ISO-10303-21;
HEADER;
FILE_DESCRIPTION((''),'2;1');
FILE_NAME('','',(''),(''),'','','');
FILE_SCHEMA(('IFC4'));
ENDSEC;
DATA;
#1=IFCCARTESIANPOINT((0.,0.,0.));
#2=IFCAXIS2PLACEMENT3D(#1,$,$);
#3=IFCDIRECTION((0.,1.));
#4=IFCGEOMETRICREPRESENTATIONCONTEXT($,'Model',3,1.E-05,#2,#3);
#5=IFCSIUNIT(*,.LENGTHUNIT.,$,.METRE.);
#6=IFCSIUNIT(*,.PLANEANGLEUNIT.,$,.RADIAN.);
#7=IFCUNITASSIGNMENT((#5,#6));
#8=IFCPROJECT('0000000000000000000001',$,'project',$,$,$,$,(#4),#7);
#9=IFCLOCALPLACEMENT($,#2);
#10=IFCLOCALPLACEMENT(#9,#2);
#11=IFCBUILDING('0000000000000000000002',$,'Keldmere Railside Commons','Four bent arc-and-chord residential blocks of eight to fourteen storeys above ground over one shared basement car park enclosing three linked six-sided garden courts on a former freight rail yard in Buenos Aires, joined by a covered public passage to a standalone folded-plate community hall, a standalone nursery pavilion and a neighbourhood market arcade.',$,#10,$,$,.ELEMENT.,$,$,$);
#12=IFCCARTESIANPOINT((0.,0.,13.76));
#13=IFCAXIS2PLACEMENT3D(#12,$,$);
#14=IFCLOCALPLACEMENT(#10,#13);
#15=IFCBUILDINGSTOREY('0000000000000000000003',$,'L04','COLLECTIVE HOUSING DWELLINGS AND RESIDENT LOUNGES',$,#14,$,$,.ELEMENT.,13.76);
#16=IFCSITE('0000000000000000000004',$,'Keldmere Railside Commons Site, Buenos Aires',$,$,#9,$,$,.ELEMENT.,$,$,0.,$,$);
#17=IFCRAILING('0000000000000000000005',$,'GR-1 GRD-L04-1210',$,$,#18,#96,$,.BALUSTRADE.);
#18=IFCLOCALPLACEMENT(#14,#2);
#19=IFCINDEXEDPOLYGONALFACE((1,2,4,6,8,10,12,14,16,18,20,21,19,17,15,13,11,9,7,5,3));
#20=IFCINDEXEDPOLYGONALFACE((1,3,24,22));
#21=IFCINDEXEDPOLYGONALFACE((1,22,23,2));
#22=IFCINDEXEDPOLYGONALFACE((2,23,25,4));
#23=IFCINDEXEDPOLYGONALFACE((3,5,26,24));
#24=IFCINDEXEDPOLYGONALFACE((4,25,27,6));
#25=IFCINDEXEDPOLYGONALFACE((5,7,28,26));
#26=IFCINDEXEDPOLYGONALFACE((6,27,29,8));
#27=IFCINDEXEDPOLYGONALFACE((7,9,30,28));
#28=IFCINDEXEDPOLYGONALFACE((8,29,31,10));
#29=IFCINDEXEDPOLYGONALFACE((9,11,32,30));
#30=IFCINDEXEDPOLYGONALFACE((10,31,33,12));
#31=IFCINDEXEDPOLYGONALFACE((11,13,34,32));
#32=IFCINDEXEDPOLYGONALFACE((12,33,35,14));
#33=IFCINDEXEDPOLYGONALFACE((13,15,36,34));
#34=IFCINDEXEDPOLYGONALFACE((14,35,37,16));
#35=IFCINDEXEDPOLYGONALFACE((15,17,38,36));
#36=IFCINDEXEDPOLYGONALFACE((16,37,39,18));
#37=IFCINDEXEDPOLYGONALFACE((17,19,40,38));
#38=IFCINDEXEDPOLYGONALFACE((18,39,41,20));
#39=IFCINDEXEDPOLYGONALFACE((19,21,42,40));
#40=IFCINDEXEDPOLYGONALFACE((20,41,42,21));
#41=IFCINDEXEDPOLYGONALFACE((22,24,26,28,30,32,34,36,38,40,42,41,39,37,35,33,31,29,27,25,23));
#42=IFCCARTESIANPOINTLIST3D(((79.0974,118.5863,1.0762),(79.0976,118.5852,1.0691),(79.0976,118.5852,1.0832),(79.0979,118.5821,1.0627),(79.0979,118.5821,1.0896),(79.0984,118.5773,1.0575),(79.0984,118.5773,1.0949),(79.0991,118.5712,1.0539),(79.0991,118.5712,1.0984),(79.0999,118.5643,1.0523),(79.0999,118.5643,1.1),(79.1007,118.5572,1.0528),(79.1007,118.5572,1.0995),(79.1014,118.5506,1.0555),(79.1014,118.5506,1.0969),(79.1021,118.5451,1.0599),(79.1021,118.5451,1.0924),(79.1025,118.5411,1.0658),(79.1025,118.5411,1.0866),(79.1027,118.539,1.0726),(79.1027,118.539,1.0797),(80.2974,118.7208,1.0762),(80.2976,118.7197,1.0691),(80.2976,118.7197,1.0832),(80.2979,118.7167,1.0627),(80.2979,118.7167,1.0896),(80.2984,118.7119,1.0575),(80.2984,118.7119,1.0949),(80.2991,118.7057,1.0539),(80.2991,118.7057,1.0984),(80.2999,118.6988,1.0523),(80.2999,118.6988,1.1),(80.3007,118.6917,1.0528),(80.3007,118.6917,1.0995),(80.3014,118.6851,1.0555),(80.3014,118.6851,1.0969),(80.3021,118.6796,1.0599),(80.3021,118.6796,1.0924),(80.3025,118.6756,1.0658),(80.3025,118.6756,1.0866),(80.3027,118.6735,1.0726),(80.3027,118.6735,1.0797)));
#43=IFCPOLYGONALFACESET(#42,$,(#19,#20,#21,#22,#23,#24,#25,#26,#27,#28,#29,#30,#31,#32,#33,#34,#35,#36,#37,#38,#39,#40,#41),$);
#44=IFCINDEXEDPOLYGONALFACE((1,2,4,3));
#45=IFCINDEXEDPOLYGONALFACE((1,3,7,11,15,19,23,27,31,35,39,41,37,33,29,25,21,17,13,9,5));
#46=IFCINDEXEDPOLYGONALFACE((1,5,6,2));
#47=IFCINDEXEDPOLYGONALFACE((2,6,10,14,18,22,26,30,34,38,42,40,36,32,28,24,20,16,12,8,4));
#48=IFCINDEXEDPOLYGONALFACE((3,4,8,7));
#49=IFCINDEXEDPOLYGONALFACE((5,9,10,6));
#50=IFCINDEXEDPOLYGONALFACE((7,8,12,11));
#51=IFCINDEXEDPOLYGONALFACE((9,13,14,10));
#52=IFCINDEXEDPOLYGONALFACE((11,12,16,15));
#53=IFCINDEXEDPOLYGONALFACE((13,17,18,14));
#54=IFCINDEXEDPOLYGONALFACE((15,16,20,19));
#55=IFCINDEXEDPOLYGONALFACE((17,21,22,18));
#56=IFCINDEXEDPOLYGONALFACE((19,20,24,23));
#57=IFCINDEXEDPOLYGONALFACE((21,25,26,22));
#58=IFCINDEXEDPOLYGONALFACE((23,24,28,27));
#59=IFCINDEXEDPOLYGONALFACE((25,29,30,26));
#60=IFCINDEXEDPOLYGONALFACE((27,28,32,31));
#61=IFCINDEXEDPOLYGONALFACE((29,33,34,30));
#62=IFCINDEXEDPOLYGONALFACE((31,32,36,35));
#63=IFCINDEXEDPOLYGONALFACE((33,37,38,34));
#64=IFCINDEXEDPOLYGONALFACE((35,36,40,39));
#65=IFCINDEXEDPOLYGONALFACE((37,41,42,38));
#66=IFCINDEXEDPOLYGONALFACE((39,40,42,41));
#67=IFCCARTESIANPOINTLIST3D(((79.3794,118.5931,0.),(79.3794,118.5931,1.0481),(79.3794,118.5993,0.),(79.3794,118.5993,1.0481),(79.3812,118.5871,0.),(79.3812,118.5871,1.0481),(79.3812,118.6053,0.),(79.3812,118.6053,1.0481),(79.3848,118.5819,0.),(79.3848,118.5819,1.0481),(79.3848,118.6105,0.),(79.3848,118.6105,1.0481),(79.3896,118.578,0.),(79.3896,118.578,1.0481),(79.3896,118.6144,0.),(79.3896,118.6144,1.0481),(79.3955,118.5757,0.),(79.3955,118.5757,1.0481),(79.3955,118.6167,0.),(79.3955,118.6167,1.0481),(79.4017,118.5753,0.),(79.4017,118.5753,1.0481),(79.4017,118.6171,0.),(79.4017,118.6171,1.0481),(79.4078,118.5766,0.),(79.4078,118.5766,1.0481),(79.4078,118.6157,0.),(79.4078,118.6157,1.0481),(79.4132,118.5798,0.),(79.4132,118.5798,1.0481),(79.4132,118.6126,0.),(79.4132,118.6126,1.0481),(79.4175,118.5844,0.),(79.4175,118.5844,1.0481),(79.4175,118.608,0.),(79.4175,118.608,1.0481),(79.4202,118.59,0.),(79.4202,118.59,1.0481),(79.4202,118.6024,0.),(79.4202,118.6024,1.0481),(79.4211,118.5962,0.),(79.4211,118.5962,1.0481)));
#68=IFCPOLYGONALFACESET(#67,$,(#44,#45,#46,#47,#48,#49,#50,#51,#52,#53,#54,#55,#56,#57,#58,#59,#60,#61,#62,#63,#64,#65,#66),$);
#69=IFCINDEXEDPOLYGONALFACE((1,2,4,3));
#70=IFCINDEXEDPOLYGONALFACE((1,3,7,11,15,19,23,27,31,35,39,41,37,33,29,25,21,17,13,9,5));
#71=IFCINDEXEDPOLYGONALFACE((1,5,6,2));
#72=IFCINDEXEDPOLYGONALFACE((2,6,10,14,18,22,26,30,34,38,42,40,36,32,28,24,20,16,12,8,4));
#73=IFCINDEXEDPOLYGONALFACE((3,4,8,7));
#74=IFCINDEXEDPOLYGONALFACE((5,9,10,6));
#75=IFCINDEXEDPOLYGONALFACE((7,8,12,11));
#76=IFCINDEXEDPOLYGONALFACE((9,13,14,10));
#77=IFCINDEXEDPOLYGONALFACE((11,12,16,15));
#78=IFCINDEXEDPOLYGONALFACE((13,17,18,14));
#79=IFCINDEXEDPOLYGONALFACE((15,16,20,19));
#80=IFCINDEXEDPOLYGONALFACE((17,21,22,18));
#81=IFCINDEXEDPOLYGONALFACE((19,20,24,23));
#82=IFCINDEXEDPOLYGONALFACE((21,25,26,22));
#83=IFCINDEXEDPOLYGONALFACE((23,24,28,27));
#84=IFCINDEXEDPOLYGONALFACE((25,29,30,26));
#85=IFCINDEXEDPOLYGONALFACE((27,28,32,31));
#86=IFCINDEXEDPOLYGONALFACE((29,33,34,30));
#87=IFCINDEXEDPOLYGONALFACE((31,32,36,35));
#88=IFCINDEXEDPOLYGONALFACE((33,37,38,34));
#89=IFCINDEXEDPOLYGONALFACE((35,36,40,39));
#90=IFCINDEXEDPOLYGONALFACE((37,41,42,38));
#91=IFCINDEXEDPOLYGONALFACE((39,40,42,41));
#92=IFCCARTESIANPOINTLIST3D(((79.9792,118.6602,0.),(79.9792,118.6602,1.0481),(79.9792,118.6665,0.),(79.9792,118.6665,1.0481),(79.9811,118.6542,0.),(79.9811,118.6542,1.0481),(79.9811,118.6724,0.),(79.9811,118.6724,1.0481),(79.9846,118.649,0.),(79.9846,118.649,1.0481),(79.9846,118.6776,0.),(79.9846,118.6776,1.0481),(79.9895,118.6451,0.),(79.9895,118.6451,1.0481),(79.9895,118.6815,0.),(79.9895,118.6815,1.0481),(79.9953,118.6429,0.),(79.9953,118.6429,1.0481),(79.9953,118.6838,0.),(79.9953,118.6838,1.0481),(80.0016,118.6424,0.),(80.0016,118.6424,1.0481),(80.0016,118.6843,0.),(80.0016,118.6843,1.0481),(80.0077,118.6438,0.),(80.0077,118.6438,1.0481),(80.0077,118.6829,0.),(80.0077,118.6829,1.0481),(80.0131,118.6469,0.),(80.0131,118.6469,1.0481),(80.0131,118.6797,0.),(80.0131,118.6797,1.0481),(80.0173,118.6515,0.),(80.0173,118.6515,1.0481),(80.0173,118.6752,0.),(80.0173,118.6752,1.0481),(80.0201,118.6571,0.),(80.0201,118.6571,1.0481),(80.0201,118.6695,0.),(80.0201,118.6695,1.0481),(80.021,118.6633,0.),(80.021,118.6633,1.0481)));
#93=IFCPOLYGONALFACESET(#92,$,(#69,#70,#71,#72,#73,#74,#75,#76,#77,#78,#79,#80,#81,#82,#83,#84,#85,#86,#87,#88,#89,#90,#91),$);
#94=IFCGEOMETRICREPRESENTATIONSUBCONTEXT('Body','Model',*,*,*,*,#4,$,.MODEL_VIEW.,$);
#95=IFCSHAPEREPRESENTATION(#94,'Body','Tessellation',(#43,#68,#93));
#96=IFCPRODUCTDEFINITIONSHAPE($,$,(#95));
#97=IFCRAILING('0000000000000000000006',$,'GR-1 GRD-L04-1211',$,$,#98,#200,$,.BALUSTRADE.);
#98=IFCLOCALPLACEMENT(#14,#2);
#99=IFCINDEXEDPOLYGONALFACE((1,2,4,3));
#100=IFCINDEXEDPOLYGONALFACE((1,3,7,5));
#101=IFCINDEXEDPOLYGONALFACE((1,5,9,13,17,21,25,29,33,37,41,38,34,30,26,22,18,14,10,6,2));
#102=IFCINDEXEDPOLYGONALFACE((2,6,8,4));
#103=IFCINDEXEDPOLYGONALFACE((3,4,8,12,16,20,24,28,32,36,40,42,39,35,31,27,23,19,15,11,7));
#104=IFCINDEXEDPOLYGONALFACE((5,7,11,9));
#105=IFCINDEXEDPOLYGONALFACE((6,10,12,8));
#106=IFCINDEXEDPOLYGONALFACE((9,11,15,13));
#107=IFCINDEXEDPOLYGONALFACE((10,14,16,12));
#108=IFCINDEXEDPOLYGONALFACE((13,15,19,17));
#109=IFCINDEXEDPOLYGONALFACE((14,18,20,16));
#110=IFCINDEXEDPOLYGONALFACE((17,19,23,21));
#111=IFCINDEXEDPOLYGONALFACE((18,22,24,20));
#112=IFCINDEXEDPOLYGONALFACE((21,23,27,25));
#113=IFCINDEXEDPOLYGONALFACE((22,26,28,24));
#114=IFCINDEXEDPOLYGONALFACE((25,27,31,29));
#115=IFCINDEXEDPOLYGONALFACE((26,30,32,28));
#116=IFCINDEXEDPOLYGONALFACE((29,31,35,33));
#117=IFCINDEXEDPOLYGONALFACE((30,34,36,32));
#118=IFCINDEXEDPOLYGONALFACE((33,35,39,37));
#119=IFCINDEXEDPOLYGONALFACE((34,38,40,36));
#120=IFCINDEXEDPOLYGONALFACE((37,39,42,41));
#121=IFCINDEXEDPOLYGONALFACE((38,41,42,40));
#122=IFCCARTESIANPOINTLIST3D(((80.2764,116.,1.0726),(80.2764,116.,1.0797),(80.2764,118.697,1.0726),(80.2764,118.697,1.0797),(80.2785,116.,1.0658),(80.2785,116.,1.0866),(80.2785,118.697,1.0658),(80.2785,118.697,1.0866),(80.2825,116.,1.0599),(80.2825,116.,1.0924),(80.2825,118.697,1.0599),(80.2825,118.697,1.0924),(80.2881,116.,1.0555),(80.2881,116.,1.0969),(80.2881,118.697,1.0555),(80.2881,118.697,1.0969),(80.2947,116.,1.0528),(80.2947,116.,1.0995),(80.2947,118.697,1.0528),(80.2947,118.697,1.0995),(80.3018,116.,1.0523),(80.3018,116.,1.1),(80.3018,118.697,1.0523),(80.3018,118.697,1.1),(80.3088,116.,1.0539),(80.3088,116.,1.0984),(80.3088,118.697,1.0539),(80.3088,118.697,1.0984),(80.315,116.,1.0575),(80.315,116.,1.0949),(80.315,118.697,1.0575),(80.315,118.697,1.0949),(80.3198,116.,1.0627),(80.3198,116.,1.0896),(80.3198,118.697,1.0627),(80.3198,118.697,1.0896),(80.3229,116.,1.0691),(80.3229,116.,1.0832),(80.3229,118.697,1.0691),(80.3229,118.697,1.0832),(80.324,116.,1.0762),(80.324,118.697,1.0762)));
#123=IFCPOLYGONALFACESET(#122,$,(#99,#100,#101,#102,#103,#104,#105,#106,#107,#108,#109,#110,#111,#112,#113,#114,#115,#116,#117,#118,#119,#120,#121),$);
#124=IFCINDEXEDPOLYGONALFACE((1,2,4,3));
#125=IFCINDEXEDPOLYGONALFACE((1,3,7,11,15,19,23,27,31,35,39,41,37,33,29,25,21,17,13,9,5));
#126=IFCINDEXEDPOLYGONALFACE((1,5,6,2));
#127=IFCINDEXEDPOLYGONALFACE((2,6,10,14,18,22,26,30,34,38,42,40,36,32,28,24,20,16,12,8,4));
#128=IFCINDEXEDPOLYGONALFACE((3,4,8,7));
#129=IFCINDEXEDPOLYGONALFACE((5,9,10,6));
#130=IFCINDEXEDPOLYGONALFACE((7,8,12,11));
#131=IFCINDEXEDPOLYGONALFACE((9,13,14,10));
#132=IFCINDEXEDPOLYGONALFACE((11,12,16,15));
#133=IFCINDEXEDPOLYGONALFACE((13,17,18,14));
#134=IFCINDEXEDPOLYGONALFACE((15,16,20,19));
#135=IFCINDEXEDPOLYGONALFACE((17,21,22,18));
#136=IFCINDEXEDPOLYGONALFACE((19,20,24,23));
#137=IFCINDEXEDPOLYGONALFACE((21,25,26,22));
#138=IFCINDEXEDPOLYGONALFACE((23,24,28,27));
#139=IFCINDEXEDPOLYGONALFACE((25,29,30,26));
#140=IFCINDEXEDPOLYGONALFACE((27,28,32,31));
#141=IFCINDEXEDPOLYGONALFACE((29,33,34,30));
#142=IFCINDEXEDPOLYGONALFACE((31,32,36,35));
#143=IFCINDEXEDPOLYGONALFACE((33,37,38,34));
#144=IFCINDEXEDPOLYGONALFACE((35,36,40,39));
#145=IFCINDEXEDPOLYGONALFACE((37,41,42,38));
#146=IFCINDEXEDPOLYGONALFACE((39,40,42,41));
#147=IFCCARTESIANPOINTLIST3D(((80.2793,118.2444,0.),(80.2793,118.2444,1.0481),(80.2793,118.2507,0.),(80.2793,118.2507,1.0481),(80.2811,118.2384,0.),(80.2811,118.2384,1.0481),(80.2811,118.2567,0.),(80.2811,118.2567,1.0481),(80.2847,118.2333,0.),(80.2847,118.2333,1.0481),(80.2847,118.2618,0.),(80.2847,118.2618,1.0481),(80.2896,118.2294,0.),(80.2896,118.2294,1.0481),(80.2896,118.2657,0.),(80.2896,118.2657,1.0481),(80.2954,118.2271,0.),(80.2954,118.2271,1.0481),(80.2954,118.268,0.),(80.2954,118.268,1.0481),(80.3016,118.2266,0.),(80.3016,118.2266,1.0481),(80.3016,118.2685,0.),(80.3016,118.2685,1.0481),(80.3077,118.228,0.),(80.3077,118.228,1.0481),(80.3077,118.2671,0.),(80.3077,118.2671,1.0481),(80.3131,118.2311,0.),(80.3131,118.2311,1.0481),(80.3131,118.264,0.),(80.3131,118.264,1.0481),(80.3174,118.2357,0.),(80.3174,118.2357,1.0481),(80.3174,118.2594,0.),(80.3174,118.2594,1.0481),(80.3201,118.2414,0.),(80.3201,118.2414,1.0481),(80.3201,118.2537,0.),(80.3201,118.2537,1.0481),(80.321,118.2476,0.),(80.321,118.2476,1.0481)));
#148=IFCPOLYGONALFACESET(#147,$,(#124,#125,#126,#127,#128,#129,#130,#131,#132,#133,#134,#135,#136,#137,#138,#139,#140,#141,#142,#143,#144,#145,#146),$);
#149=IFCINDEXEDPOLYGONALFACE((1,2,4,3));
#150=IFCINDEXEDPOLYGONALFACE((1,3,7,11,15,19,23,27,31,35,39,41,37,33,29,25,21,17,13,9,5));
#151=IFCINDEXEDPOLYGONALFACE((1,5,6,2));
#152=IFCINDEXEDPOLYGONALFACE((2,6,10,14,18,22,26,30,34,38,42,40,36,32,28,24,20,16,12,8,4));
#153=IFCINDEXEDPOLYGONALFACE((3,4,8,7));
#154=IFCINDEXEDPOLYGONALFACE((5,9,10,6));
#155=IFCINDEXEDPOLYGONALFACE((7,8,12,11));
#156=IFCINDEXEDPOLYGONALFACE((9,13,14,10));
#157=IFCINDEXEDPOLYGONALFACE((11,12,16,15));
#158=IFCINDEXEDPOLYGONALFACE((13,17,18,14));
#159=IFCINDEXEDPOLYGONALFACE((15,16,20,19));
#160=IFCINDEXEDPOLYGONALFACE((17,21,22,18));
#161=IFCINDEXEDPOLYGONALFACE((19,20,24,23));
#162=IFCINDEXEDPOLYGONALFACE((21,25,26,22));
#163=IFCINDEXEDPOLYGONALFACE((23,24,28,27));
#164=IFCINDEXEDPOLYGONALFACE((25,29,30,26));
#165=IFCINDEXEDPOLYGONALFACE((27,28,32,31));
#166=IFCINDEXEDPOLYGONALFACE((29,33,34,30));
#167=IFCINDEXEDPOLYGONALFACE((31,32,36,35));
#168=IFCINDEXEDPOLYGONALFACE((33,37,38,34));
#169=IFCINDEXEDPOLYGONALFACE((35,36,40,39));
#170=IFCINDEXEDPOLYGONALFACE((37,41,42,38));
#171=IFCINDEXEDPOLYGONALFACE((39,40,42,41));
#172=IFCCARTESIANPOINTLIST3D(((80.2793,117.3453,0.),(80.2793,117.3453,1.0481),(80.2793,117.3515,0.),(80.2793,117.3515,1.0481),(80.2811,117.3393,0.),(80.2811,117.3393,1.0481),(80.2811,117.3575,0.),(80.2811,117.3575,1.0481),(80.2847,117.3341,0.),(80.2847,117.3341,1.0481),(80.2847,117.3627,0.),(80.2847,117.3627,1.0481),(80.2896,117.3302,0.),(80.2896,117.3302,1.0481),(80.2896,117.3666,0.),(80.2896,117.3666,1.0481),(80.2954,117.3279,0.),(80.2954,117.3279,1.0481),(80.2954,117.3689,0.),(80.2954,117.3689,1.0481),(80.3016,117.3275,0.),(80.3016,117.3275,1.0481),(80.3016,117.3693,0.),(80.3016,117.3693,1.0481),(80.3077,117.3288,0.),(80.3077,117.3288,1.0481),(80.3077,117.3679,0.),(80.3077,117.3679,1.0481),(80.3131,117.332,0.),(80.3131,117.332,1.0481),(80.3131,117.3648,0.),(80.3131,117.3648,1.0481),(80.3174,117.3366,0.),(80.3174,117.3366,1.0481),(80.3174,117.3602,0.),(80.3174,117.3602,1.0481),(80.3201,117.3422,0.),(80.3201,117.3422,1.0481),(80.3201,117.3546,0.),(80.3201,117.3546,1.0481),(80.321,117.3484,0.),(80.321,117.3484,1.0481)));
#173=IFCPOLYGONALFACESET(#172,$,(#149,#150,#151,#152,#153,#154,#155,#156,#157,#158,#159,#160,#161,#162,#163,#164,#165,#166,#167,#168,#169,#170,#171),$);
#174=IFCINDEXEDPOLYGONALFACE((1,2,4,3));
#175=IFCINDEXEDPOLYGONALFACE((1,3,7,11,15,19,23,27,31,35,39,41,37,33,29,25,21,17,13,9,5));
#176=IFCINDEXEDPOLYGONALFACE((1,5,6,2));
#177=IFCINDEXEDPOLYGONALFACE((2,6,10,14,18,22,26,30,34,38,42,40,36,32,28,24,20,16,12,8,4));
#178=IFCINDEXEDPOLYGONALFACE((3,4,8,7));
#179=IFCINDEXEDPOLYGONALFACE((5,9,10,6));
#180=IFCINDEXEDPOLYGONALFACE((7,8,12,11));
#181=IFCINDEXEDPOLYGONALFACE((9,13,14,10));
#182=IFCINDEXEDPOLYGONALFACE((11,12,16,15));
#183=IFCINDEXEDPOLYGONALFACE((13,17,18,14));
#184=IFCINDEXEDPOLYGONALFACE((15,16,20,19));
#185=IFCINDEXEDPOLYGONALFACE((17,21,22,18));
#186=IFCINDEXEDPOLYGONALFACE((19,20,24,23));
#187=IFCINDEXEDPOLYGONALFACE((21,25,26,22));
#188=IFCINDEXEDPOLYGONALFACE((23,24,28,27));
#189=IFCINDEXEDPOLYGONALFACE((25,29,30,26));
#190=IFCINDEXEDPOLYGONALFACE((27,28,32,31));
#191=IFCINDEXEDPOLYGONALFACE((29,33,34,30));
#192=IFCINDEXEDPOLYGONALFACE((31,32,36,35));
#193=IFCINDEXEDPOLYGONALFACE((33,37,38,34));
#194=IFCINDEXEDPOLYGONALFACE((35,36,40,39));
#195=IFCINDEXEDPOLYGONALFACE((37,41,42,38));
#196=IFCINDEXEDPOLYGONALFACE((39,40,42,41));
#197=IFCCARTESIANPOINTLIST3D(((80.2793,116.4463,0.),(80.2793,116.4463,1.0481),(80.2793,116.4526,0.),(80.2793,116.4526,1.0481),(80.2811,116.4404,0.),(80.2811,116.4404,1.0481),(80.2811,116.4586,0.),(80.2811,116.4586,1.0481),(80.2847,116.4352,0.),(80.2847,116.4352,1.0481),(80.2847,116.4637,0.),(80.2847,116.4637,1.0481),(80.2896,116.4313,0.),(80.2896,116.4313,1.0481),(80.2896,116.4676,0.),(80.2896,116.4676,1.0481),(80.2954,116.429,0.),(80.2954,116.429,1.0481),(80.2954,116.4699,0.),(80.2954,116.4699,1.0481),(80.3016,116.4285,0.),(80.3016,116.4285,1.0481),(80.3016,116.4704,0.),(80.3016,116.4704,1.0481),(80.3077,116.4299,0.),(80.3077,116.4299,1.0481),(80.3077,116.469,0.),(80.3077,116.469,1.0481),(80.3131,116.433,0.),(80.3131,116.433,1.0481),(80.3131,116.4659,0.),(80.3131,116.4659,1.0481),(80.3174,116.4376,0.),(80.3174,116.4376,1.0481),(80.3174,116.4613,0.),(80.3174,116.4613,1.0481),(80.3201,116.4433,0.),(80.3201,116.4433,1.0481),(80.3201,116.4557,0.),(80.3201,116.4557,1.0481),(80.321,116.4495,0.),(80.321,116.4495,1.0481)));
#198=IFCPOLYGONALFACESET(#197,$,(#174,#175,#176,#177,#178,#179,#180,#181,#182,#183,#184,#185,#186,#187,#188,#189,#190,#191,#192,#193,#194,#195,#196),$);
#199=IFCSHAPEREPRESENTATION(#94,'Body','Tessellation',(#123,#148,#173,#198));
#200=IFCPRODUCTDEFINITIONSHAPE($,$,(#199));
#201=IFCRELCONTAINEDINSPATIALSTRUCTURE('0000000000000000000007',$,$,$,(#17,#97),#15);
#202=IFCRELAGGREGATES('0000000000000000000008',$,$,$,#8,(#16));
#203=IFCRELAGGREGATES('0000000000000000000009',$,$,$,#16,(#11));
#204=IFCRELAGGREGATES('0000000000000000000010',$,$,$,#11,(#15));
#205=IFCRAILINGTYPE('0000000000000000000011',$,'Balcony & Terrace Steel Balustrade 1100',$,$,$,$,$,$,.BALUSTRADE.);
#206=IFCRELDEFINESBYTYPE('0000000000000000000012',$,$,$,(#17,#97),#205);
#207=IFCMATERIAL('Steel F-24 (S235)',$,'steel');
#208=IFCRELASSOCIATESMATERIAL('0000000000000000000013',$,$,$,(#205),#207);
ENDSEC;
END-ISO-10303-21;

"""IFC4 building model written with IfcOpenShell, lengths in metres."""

from ifc_helpers import new_model, si_unit, direction, frame, origin, origin_2d, place, context, subcontext, project, spatial, circle, extrude, material, type_object, element, save


model = new_model("IFC4")

# Units and contexts
model_context = context("Model", 3, precision=1e-05, world=origin(), true_north=direction((0.0, 1.0)))
body_context = subcontext(model_context, "Body", "Model", "MODEL_VIEW")
ifc_project = project(units=[si_unit("LENGTHUNIT", "METRE"), si_unit("PLANEANGLEUNIT", "RADIAN")], contexts=[model_context])

# Site, building, storey
site_placement = place(None, origin())
site = spatial("IfcSite", under=ifc_project, at=site_placement, Name="Keldmere Railside Commons Site, Buenos Aires", CompositionType="ELEMENT", RefElevation=0.0)
building_placement = place(site_placement, origin())
building = spatial("IfcBuilding", under=site, at=building_placement, Name="Keldmere Railside Commons", Description="Four bent arc-and-chord residential blocks of eight to fourteen storeys above ground over one shared basement car park enclosing three linked six-sided garden courts on a former freight rail yard in Buenos Aires, joined by a covered public passage to a standalone folded-plate community hall, a standalone nursery pavilion and a neighbourhood market arcade.", CompositionType="ELEMENT")
storey_placement = place(building_placement, frame((0.0, 0.0, 13.76)))
storey = spatial("IfcBuildingStorey", under=building, at=storey_placement, Name="L04", Description="COLLECTIVE HOUSING DWELLINGS AND RESIDENT LOUNGES", CompositionType="ELEMENT", Elevation=13.76)

# Railings
ifc_material_1 = material(Name="Steel F-24 (S235)", Category="steel")
railing_type = type_object("IfcRailingType", Name="Balcony & Terrace Steel Balustrade 1100", PredefinedType="BALUSTRADE", material=ifc_material_1)
railing_1_placement = place(storey_placement, frame((79.1001, 118.5625, 0.0)))
element("IfcRailing", 1, at=railing_1_placement, inside=storey, type_object=railing_type, Name="GR-1 GRD-L04-1210", PredefinedType="BALUSTRADE", context=body_context, shape_type="SweptSolid", body=[
    extrude(circle(Radius=0.0239, at=origin_2d()), frame((0.0, 0.0, 1.0762), z_axis=(0.993775, 0.111408, 0.0), x_axis=(-0.111408, 0.993775, 0.0)), (0.0, 0.0, 1.0), 1.2075),
    extrude(circle(Radius=0.021, at=origin_2d()), frame((0.3, 0.0337, 0.0)), (0.0, 0.0, 1.0), 1.0481),
    extrude(circle(Radius=0.021, at=origin_2d()), frame((0.8999, 0.1008, 0.0)), (0.0, 0.0, 1.0), 1.0481),
])
railing_2_placement = place(storey_placement, frame((80.3, 118.697, 0.0)))
element("IfcRailing", 2, at=railing_2_placement, inside=storey, type_object=railing_type, Name="GR-1 GRD-L04-1211", PredefinedType="BALUSTRADE", context=body_context, shape_type="SweptSolid", body=[
    extrude(circle(Radius=0.0239, at=origin_2d()), frame((0.0, 0.0, 1.0762), z_axis=(0.0, -1.0, 0.0), x_axis=(1.0, 0.0, 0.0)), (0.0, 0.0, 1.0), 2.697),
    extrude(circle(Radius=0.021, at=origin_2d()), frame((0.0, -0.4495, 0.0)), (0.0, 0.0, 1.0), 1.0481),
    extrude(circle(Radius=0.021, at=origin_2d()), frame((0.0, -1.3486, 0.0)), (0.0, 0.0, 1.0), 1.0481),
    extrude(circle(Radius=0.021, at=origin_2d()), frame((0.0, -2.2476, 0.0)), (0.0, 0.0, 1.0), 1.0481),
])

save(model, "model.ifc")
